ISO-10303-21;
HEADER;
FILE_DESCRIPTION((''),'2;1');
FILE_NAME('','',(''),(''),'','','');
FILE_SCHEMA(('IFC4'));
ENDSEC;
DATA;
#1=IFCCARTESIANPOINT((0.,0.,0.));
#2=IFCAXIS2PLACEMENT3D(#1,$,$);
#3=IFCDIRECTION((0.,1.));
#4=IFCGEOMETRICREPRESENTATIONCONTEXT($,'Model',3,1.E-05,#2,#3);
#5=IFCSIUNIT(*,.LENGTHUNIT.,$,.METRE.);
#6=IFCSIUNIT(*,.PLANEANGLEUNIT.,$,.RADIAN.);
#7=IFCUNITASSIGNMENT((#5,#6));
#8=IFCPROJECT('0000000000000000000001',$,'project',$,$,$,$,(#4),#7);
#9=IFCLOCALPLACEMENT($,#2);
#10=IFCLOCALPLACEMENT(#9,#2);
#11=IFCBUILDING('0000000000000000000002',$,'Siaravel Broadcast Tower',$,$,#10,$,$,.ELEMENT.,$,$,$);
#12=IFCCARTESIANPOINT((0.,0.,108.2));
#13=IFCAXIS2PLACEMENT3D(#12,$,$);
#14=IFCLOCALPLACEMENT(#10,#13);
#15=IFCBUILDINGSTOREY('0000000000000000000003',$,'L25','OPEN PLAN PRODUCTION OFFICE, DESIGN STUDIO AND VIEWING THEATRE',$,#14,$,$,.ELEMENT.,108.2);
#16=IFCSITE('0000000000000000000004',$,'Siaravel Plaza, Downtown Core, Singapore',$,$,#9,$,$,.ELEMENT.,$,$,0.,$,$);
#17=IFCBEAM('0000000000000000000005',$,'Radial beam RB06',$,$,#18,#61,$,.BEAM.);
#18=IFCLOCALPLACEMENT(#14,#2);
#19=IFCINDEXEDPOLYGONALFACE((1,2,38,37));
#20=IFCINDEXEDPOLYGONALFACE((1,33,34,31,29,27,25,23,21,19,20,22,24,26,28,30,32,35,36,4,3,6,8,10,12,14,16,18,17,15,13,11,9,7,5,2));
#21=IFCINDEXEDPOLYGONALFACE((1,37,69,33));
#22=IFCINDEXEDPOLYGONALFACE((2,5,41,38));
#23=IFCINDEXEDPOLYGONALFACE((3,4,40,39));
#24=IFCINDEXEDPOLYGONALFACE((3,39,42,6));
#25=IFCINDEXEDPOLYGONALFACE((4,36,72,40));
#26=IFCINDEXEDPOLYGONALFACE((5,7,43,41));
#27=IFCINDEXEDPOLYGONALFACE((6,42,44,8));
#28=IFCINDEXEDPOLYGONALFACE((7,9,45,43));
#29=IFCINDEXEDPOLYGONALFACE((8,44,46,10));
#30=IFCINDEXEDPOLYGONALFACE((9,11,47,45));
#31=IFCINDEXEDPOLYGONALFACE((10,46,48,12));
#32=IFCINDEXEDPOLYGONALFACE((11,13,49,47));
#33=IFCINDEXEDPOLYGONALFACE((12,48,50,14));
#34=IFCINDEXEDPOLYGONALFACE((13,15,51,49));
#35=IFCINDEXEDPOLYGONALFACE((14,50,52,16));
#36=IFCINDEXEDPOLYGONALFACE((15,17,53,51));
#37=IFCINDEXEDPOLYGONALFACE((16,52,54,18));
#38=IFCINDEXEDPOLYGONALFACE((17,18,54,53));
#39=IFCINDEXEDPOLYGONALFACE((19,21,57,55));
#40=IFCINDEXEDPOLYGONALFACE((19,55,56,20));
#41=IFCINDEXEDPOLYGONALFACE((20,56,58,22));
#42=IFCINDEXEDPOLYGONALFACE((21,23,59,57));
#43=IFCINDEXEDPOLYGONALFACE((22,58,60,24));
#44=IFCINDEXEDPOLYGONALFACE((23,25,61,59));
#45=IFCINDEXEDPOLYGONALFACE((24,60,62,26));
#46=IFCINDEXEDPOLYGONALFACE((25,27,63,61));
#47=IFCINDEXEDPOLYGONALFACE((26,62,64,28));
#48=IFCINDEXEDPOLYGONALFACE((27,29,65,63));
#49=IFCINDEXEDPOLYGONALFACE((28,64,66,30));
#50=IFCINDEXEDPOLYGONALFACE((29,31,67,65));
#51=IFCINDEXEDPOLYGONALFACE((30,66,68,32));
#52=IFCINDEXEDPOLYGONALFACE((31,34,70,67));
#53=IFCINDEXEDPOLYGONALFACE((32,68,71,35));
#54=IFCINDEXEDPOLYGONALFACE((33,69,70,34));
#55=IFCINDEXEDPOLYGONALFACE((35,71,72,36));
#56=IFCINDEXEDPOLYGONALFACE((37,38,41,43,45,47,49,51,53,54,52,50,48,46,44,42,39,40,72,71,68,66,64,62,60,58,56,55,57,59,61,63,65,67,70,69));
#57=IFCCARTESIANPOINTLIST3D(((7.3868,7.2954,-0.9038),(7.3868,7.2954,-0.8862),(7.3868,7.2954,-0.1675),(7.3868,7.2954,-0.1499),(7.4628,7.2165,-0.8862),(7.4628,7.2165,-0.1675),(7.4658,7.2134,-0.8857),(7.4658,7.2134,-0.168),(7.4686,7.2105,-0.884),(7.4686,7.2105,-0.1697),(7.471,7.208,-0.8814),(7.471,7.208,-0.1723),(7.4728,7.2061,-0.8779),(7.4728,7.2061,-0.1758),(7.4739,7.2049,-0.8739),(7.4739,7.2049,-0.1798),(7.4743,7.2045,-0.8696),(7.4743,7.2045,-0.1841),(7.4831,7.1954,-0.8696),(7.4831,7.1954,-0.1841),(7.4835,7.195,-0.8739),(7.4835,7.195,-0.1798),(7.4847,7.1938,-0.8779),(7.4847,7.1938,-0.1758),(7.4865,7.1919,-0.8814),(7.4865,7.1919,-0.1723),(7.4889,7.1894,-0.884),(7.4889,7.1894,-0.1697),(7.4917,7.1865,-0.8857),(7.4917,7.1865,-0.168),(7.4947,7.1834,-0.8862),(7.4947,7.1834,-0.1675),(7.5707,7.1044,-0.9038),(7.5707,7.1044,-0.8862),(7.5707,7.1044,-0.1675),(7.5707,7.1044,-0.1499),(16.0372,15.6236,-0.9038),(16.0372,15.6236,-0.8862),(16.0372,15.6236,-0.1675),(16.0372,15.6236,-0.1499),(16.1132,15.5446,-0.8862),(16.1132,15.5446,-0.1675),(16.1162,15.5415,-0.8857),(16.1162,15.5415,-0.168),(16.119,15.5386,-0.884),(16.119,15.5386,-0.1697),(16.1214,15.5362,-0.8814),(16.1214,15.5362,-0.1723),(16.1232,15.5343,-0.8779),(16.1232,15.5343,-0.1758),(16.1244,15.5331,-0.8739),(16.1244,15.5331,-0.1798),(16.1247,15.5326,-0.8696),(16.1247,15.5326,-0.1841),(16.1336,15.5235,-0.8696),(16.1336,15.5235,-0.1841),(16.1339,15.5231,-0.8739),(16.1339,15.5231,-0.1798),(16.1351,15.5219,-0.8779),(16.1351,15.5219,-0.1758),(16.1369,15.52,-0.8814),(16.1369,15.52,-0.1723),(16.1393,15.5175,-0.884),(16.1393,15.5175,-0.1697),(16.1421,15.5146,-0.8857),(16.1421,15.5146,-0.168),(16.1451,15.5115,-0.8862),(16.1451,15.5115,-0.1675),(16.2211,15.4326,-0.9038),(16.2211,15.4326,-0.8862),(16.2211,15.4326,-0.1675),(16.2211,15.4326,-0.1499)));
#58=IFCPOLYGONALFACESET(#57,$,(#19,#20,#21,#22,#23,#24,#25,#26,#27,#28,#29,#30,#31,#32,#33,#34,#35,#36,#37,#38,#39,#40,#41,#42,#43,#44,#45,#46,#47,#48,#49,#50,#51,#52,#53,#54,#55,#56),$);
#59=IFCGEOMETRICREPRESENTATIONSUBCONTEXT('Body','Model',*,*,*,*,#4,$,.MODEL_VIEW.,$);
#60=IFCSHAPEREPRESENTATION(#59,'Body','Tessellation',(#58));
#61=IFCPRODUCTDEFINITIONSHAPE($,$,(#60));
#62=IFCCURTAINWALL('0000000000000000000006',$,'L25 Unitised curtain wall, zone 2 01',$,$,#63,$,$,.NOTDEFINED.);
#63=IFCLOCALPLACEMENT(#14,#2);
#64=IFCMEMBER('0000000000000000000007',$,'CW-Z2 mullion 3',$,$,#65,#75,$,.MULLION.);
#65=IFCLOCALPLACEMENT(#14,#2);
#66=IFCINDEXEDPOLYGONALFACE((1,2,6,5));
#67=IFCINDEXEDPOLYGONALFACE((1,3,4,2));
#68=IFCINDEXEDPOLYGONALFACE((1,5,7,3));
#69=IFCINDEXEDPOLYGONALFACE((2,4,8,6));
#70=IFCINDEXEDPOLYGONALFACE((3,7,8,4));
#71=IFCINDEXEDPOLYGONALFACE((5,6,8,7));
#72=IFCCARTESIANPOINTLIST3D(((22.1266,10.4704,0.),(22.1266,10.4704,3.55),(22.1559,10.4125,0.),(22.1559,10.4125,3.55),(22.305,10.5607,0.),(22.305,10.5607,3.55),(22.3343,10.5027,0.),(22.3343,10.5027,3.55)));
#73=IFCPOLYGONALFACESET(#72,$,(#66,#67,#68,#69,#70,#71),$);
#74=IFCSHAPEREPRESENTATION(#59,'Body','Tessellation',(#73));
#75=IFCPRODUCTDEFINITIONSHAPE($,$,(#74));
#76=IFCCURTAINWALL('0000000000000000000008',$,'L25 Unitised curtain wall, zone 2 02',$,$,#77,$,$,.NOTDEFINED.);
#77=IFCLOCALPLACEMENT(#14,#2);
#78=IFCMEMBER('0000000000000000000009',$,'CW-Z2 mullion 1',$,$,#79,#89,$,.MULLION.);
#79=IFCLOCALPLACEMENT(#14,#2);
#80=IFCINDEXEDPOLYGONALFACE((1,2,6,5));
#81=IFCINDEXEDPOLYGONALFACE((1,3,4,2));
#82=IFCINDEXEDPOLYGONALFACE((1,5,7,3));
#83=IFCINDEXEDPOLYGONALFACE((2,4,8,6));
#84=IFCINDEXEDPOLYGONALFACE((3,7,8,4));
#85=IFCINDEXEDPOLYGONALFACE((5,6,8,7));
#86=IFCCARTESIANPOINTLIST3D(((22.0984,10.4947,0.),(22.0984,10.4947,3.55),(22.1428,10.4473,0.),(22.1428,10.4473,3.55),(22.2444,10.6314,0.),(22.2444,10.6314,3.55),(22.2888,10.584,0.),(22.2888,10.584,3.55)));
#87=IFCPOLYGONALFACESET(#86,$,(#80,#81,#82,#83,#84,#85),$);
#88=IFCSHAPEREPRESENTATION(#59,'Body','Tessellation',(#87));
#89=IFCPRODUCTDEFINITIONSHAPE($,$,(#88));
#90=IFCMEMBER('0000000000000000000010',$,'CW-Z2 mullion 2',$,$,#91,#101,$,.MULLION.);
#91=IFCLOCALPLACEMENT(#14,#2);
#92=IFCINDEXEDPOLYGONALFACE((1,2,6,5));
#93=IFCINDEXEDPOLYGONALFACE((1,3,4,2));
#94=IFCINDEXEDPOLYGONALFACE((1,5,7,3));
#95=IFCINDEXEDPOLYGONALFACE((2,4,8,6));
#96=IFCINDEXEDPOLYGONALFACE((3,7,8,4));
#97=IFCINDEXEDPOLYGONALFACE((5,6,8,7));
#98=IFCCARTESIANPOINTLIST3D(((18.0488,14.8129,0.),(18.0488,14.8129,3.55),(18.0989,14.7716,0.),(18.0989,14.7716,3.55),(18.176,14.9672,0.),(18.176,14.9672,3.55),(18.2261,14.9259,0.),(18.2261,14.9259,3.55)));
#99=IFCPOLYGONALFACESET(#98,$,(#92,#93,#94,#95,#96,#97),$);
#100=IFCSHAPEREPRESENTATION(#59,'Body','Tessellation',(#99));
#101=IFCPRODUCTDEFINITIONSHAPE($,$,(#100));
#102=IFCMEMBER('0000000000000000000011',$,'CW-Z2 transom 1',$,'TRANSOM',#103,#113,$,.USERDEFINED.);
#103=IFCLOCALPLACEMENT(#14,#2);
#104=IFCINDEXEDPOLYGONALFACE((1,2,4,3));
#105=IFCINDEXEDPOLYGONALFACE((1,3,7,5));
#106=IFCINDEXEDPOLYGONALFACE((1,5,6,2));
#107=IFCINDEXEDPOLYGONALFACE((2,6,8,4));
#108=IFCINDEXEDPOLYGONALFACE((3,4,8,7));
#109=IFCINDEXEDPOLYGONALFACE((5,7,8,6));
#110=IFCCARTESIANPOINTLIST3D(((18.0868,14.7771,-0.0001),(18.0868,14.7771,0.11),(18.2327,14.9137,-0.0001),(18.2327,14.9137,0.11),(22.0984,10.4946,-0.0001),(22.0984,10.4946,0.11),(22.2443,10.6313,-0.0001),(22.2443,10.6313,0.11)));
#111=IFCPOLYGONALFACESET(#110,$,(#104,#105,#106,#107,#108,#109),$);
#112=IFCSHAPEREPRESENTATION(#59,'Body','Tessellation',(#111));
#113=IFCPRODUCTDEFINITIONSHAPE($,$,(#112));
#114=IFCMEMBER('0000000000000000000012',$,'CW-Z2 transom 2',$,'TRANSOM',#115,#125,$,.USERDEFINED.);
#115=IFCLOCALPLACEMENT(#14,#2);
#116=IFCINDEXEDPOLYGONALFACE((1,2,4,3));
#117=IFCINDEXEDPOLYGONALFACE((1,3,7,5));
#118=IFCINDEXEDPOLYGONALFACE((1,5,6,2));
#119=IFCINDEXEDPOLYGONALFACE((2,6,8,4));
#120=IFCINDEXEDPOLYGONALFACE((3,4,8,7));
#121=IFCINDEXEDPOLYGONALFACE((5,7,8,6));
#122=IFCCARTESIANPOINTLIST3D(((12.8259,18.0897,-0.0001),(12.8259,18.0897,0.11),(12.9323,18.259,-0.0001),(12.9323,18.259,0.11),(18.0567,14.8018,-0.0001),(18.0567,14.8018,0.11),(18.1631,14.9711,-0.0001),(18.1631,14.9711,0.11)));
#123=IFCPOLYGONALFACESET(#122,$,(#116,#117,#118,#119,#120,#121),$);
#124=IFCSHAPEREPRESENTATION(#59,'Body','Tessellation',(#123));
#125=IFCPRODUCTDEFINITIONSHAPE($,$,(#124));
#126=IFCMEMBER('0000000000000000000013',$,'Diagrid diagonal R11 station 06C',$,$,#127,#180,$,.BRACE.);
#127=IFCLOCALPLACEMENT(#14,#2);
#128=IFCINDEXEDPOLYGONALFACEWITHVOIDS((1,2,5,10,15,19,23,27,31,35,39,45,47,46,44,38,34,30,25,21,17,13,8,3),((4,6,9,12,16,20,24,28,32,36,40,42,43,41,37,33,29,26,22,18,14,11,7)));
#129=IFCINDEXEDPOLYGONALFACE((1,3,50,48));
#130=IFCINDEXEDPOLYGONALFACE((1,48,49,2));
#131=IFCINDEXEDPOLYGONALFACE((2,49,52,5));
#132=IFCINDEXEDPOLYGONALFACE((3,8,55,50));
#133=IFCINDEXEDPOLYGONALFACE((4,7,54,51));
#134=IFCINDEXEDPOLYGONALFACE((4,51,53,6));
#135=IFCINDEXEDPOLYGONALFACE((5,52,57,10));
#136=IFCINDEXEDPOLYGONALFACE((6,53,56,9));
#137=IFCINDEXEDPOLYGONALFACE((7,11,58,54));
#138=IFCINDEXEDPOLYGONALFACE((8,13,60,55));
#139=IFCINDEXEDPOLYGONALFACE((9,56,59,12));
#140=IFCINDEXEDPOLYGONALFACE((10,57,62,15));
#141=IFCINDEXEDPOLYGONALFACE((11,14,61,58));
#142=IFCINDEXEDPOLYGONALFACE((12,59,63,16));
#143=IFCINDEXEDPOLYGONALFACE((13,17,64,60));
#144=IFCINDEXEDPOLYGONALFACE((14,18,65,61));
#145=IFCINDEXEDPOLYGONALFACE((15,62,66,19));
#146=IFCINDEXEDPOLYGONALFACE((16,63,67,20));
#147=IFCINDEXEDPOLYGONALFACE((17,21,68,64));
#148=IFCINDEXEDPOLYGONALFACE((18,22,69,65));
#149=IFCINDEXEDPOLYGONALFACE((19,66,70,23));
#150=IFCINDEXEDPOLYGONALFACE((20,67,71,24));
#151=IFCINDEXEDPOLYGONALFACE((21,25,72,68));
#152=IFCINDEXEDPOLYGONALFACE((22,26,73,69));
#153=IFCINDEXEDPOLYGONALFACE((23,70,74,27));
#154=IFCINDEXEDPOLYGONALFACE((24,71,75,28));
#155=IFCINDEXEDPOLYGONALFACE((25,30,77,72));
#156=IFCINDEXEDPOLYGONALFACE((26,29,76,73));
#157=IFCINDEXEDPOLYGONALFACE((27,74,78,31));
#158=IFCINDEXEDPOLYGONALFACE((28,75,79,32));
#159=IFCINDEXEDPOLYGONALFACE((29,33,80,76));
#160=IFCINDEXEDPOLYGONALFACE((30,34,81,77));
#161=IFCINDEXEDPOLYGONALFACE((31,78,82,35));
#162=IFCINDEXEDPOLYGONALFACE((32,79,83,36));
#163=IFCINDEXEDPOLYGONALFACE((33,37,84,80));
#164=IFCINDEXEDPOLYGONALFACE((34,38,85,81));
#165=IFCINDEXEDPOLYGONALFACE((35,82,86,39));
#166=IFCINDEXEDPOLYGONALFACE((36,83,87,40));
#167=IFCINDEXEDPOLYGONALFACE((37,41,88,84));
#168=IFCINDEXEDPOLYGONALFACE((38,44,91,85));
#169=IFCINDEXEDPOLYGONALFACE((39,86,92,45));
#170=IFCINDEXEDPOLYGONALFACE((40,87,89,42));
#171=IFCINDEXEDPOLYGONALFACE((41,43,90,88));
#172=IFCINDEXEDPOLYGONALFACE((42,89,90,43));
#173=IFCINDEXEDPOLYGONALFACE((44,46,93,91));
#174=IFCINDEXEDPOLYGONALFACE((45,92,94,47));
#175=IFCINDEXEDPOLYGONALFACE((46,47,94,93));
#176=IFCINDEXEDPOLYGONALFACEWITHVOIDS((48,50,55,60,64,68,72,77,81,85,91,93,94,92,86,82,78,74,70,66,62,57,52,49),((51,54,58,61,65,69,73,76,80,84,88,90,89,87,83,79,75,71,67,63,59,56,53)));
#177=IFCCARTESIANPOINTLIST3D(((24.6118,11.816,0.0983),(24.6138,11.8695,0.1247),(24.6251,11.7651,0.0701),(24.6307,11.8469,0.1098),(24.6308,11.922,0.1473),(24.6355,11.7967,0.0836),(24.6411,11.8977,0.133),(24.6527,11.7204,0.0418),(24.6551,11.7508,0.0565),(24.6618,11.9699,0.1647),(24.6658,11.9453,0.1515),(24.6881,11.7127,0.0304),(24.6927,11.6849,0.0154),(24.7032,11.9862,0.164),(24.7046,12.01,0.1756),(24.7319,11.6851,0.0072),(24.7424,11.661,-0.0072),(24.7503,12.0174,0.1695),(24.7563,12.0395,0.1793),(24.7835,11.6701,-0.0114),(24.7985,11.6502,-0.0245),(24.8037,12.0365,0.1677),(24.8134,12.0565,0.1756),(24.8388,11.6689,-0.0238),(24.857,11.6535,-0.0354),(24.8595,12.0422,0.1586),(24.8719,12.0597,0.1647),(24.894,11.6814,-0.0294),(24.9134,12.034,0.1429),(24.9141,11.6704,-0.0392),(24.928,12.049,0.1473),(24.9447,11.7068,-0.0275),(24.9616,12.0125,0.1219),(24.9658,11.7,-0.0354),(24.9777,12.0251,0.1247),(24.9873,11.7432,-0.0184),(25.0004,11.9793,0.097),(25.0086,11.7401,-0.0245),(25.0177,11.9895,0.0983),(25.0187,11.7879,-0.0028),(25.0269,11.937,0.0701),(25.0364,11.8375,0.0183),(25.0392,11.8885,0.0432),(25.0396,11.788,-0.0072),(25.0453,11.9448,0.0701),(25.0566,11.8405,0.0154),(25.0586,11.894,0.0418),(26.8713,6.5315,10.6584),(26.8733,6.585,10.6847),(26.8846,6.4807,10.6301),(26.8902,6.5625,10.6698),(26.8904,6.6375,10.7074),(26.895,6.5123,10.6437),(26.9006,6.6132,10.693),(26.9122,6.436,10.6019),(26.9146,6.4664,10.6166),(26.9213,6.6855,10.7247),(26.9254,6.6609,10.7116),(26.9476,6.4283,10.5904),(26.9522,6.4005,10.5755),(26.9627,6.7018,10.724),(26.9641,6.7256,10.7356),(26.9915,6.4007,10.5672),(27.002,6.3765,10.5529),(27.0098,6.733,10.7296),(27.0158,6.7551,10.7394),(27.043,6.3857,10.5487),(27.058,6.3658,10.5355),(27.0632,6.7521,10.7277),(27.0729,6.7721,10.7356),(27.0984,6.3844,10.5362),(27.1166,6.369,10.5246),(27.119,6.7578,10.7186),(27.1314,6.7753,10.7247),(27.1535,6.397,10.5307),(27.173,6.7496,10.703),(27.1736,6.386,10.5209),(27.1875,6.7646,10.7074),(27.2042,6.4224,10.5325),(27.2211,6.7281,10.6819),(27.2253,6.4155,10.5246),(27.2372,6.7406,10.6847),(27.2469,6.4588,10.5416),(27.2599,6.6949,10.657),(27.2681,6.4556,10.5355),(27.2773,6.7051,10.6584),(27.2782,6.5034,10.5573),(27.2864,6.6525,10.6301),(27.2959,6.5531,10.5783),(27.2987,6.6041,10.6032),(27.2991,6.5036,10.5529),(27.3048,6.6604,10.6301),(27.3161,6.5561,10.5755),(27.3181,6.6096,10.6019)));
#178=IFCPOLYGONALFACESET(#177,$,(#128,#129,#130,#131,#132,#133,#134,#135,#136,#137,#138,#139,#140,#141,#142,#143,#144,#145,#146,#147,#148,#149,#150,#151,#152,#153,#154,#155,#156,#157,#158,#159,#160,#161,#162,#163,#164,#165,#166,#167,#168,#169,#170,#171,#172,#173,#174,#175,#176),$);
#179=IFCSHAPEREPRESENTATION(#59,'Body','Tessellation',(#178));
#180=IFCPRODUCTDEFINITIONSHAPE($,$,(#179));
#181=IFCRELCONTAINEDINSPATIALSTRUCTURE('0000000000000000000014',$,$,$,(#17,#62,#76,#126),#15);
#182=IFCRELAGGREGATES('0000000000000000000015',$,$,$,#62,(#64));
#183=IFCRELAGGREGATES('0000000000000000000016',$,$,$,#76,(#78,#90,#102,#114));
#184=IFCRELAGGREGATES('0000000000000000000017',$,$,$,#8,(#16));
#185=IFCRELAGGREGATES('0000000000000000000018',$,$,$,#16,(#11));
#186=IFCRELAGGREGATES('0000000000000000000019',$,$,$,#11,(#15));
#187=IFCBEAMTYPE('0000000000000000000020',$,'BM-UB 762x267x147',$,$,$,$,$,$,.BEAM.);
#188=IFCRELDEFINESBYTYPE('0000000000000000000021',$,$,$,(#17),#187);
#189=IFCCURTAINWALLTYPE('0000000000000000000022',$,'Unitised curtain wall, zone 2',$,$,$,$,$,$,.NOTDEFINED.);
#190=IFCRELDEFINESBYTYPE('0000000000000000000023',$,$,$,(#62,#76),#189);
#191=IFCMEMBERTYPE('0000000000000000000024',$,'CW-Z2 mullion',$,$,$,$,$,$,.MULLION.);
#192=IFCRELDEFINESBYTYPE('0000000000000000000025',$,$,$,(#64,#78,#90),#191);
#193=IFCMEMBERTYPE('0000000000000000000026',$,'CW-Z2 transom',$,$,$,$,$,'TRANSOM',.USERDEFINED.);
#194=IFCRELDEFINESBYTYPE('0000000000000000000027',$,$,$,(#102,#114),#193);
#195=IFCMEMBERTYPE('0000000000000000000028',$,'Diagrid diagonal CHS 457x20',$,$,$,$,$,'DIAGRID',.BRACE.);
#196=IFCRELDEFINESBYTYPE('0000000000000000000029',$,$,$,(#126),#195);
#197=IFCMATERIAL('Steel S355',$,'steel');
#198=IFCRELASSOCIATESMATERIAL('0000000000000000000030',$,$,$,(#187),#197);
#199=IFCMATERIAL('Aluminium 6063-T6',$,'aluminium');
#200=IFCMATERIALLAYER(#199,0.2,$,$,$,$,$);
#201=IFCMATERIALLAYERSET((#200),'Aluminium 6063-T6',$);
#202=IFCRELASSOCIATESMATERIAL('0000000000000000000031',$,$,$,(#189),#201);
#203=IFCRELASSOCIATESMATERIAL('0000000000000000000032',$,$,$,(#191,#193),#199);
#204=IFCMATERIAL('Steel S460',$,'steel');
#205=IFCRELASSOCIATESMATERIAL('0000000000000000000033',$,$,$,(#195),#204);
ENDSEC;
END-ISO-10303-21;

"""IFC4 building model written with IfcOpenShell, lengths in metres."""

from ifc_helpers import new_model, si_unit, direction, frame, origin, origin_2d, place, context, subcontext, project, spatial, rectangle, hollow_circle, i_section, extrude, material, layer, layer_set, material_profile, profile_set, type_object, element, aggregate, save


model = new_model("IFC4")

# Units and contexts
model_context = context("Model", 3, precision=1e-05, world=origin(), true_north=direction((0.0, 1.0)))
body_context = subcontext(model_context, "Body", "Model", "MODEL_VIEW")
ifc_project = project(units=[si_unit("LENGTHUNIT", "METRE"), si_unit("PLANEANGLEUNIT", "RADIAN")], contexts=[model_context])

# Site, building, storey
site_placement = place(None, origin())
site = spatial("IfcSite", under=ifc_project, at=site_placement, Name="Siaravel Plaza, Downtown Core, Singapore", CompositionType="ELEMENT", RefElevation=0.0)
building_placement = place(site_placement, origin())
building = spatial("IfcBuilding", under=site, at=building_placement, Name="Siaravel Broadcast Tower", CompositionType="ELEMENT")
storey_placement = place(building_placement, frame((0.0, 0.0, 108.2)))
storey = spatial("IfcBuildingStorey", under=building, at=storey_placement, Name="L25", Description="OPEN PLAN PRODUCTION OFFICE, DESIGN STUDIO AND VIEWING THEATRE", CompositionType="ELEMENT", Elevation=108.2)

# Beam
ifc_material_1 = material(Name="Steel S355", Category="steel")
ifc_material_profile_1 = material_profile(ifc_material_1, i_section(OverallWidth=0.2651, OverallDepth=0.7539, WebThickness=0.0127, FlangeThickness=0.0176, FilletRadius=0.0166, at=origin_2d()))
ifc_profile_set_1 = profile_set([ifc_material_profile_1], Name="Steel S355")
beam_type = type_object("IfcBeamType", Name="BM-UB 762x267x147", PredefinedType="BEAM", material=ifc_profile_set_1)
beam_1_placement = place(storey_placement, frame((16.1292, 15.5281, -0.5269), z_axis=(-0.720398, -0.69356, 0.0), x_axis=(0.69356, -0.720398, 0.0)))
element("IfcBeam", 1, at=beam_1_placement, inside=storey, type_object=beam_type, Name="Radial beam RB06", PredefinedType="BEAM", context=body_context, shape_type="SweptSolid", body=[
    extrude(i_section(OverallWidth=0.2651, OverallDepth=0.7539, WebThickness=0.0127, FlangeThickness=0.0176, FilletRadius=0.0166, at=origin_2d()), origin(), (0.0, 0.0, 1.0), 12.0078),
])

# Curtain wall, member
ifc_material_2 = material(Name="Aluminium 6063-T6", Category="aluminium")
ifc_layer_1 = layer(ifc_material_2, 0.2)
ifc_layer_set_1 = layer_set([ifc_layer_1], Name="Aluminium 6063-T6")
curtain_wall_type = type_object("IfcCurtainWallType", Name="Unitised curtain wall, zone 2", PredefinedType="NOTDEFINED", material=ifc_layer_set_1)
curtain_wall_1_placement = place(storey_placement, origin())
curtain_wall_1 = element("IfcCurtainWall", 2, at=curtain_wall_1_placement, inside=storey, type_object=curtain_wall_type, Name="L25 Unitised curtain wall, zone 2 01", PredefinedType="NOTDEFINED")
ifc_material_profile_2 = material_profile(ifc_material_2, rectangle(XDim=0.2, YDim=0.0649, at=origin_2d()))
ifc_profile_set_2 = profile_set([ifc_material_profile_2], Name="Aluminium 6063-T6")
member_type_1 = type_object("IfcMemberType", Name="CW-Z2 mullion", PredefinedType="MULLION", material=ifc_profile_set_2)
member_1_placement = place(storey_placement, frame((22.2305, 10.4866, 0.0), z_axis=(0.0, 0.0, 1.0), x_axis=(-0.892392, -0.451261, 0.0)))
member_1 = element("IfcMember", 3, at=member_1_placement, type_object=member_type_1, Name="CW-Z2 mullion 3", PredefinedType="MULLION", context=body_context, shape_type="SweptSolid", body=[
    extrude(rectangle(XDim=0.2, YDim=0.0649, at=origin_2d()), origin(), (0.0, 0.0, 1.0), 3.55),
])
aggregate(curtain_wall_1, [member_1])

# Curtain wall, members
curtain_wall_2_placement = place(storey_placement, origin())
curtain_wall_2 = element("IfcCurtainWall", 4, at=curtain_wall_2_placement, inside=storey, type_object=curtain_wall_type, Name="L25 Unitised curtain wall, zone 2 02", PredefinedType="NOTDEFINED")
member_2_placement = place(storey_placement, frame((22.1936, 10.5393, 0.0), z_axis=(0.0, 0.0, 1.0), x_axis=(-0.729805, -0.683655, 0.0)))
member_2 = element("IfcMember", 5, at=member_2_placement, type_object=member_type_1, Name="CW-Z2 mullion 1", PredefinedType="MULLION", context=body_context, shape_type="SweptSolid", body=[
    extrude(rectangle(XDim=0.2, YDim=0.0649, at=origin_2d()), origin(), (0.0, 0.0, 1.0), 3.55),
])
member_3_placement = place(storey_placement, frame((18.1375, 14.8694, 0.0), z_axis=(0.0, 0.0, 1.0), x_axis=(-0.636218, -0.771509, 0.0)))
member_3 = element("IfcMember", 6, at=member_3_placement, type_object=member_type_1, Name="CW-Z2 mullion 2", PredefinedType="MULLION", context=body_context, shape_type="SweptSolid", body=[
    extrude(rectangle(XDim=0.2, YDim=0.0649, at=origin_2d()), origin(), (0.0, 0.0, 1.0), 3.55),
])
ifc_material_profile_3 = material_profile(ifc_material_2, rectangle(XDim=0.2, YDim=0.1101, at=origin_2d()))
ifc_profile_set_3 = profile_set([ifc_material_profile_3], Name="Aluminium 6063-T6")
member_type_2 = type_object("IfcMemberType", Name="CW-Z2 transom", ElementType="TRANSOM", PredefinedType="USERDEFINED", material=ifc_profile_set_3)
member_4_placement = place(storey_placement, frame((22.1714, 10.563, 0.0549), z_axis=(-0.68366, 0.729801, 0.0), x_axis=(-0.729801, -0.68366, 0.0)))
member_4 = element("IfcMember", 7, at=member_4_placement, type_object=member_type_2, Name="CW-Z2 transom 1", ObjectType="TRANSOM", PredefinedType="USERDEFINED", context=body_context, shape_type="SweptSolid", body=[
    extrude(rectangle(XDim=0.2, YDim=0.1101, at=origin_2d()), origin(), (0.0, 0.0, 1.0), 5.8679),
])
member_5_placement = place(storey_placement, frame((18.1099, 14.8865, 0.0549), z_axis=(-0.846639, 0.532167, 0.0), x_axis=(-0.532167, -0.846639, 0.0)))
member_5 = element("IfcMember", 8, at=member_5_placement, type_object=member_type_2, Name="CW-Z2 transom 2", ObjectType="TRANSOM", PredefinedType="USERDEFINED", context=body_context, shape_type="SweptSolid", body=[
    extrude(rectangle(XDim=0.2, YDim=0.1101, at=origin_2d()), origin(), (0.0, 0.0, 1.0), 6.1782),
])

# Member
ifc_material_3 = material(Name="Steel S460", Category="steel")
ifc_material_profile_4 = material_profile(ifc_material_3, hollow_circle(Radius=0.2285, WallThickness=0.02, at=origin_2d()))
ifc_profile_set_4 = profile_set([ifc_material_profile_4], Name="Steel S460")
member_type_3 = type_object("IfcMemberType", Name="Diagrid diagonal CHS 457x20", ElementType="DIAGRID", PredefinedType="BRACE", material=ifc_profile_set_4)
member_6_placement = place(storey_placement, frame((24.8352, 11.855, 0.0701), z_axis=(0.187938, -0.439537, 0.878343), x_axis=(0.919474, 0.39315, 0.0)))
element("IfcMember", 9, at=member_6_placement, inside=storey, type_object=member_type_3, Name="Diagrid diagonal R11 station 06C", PredefinedType="BRACE", context=body_context, shape_type="SweptSolid", body=[
    extrude(hollow_circle(Radius=0.2285, WallThickness=0.02, at=origin_2d()), origin(), (0.0, 0.0, 1.0), 12.0227),
])

aggregate(curtain_wall_2, [member_2, member_3, member_4, member_5])

save(model, "model.ifc")
